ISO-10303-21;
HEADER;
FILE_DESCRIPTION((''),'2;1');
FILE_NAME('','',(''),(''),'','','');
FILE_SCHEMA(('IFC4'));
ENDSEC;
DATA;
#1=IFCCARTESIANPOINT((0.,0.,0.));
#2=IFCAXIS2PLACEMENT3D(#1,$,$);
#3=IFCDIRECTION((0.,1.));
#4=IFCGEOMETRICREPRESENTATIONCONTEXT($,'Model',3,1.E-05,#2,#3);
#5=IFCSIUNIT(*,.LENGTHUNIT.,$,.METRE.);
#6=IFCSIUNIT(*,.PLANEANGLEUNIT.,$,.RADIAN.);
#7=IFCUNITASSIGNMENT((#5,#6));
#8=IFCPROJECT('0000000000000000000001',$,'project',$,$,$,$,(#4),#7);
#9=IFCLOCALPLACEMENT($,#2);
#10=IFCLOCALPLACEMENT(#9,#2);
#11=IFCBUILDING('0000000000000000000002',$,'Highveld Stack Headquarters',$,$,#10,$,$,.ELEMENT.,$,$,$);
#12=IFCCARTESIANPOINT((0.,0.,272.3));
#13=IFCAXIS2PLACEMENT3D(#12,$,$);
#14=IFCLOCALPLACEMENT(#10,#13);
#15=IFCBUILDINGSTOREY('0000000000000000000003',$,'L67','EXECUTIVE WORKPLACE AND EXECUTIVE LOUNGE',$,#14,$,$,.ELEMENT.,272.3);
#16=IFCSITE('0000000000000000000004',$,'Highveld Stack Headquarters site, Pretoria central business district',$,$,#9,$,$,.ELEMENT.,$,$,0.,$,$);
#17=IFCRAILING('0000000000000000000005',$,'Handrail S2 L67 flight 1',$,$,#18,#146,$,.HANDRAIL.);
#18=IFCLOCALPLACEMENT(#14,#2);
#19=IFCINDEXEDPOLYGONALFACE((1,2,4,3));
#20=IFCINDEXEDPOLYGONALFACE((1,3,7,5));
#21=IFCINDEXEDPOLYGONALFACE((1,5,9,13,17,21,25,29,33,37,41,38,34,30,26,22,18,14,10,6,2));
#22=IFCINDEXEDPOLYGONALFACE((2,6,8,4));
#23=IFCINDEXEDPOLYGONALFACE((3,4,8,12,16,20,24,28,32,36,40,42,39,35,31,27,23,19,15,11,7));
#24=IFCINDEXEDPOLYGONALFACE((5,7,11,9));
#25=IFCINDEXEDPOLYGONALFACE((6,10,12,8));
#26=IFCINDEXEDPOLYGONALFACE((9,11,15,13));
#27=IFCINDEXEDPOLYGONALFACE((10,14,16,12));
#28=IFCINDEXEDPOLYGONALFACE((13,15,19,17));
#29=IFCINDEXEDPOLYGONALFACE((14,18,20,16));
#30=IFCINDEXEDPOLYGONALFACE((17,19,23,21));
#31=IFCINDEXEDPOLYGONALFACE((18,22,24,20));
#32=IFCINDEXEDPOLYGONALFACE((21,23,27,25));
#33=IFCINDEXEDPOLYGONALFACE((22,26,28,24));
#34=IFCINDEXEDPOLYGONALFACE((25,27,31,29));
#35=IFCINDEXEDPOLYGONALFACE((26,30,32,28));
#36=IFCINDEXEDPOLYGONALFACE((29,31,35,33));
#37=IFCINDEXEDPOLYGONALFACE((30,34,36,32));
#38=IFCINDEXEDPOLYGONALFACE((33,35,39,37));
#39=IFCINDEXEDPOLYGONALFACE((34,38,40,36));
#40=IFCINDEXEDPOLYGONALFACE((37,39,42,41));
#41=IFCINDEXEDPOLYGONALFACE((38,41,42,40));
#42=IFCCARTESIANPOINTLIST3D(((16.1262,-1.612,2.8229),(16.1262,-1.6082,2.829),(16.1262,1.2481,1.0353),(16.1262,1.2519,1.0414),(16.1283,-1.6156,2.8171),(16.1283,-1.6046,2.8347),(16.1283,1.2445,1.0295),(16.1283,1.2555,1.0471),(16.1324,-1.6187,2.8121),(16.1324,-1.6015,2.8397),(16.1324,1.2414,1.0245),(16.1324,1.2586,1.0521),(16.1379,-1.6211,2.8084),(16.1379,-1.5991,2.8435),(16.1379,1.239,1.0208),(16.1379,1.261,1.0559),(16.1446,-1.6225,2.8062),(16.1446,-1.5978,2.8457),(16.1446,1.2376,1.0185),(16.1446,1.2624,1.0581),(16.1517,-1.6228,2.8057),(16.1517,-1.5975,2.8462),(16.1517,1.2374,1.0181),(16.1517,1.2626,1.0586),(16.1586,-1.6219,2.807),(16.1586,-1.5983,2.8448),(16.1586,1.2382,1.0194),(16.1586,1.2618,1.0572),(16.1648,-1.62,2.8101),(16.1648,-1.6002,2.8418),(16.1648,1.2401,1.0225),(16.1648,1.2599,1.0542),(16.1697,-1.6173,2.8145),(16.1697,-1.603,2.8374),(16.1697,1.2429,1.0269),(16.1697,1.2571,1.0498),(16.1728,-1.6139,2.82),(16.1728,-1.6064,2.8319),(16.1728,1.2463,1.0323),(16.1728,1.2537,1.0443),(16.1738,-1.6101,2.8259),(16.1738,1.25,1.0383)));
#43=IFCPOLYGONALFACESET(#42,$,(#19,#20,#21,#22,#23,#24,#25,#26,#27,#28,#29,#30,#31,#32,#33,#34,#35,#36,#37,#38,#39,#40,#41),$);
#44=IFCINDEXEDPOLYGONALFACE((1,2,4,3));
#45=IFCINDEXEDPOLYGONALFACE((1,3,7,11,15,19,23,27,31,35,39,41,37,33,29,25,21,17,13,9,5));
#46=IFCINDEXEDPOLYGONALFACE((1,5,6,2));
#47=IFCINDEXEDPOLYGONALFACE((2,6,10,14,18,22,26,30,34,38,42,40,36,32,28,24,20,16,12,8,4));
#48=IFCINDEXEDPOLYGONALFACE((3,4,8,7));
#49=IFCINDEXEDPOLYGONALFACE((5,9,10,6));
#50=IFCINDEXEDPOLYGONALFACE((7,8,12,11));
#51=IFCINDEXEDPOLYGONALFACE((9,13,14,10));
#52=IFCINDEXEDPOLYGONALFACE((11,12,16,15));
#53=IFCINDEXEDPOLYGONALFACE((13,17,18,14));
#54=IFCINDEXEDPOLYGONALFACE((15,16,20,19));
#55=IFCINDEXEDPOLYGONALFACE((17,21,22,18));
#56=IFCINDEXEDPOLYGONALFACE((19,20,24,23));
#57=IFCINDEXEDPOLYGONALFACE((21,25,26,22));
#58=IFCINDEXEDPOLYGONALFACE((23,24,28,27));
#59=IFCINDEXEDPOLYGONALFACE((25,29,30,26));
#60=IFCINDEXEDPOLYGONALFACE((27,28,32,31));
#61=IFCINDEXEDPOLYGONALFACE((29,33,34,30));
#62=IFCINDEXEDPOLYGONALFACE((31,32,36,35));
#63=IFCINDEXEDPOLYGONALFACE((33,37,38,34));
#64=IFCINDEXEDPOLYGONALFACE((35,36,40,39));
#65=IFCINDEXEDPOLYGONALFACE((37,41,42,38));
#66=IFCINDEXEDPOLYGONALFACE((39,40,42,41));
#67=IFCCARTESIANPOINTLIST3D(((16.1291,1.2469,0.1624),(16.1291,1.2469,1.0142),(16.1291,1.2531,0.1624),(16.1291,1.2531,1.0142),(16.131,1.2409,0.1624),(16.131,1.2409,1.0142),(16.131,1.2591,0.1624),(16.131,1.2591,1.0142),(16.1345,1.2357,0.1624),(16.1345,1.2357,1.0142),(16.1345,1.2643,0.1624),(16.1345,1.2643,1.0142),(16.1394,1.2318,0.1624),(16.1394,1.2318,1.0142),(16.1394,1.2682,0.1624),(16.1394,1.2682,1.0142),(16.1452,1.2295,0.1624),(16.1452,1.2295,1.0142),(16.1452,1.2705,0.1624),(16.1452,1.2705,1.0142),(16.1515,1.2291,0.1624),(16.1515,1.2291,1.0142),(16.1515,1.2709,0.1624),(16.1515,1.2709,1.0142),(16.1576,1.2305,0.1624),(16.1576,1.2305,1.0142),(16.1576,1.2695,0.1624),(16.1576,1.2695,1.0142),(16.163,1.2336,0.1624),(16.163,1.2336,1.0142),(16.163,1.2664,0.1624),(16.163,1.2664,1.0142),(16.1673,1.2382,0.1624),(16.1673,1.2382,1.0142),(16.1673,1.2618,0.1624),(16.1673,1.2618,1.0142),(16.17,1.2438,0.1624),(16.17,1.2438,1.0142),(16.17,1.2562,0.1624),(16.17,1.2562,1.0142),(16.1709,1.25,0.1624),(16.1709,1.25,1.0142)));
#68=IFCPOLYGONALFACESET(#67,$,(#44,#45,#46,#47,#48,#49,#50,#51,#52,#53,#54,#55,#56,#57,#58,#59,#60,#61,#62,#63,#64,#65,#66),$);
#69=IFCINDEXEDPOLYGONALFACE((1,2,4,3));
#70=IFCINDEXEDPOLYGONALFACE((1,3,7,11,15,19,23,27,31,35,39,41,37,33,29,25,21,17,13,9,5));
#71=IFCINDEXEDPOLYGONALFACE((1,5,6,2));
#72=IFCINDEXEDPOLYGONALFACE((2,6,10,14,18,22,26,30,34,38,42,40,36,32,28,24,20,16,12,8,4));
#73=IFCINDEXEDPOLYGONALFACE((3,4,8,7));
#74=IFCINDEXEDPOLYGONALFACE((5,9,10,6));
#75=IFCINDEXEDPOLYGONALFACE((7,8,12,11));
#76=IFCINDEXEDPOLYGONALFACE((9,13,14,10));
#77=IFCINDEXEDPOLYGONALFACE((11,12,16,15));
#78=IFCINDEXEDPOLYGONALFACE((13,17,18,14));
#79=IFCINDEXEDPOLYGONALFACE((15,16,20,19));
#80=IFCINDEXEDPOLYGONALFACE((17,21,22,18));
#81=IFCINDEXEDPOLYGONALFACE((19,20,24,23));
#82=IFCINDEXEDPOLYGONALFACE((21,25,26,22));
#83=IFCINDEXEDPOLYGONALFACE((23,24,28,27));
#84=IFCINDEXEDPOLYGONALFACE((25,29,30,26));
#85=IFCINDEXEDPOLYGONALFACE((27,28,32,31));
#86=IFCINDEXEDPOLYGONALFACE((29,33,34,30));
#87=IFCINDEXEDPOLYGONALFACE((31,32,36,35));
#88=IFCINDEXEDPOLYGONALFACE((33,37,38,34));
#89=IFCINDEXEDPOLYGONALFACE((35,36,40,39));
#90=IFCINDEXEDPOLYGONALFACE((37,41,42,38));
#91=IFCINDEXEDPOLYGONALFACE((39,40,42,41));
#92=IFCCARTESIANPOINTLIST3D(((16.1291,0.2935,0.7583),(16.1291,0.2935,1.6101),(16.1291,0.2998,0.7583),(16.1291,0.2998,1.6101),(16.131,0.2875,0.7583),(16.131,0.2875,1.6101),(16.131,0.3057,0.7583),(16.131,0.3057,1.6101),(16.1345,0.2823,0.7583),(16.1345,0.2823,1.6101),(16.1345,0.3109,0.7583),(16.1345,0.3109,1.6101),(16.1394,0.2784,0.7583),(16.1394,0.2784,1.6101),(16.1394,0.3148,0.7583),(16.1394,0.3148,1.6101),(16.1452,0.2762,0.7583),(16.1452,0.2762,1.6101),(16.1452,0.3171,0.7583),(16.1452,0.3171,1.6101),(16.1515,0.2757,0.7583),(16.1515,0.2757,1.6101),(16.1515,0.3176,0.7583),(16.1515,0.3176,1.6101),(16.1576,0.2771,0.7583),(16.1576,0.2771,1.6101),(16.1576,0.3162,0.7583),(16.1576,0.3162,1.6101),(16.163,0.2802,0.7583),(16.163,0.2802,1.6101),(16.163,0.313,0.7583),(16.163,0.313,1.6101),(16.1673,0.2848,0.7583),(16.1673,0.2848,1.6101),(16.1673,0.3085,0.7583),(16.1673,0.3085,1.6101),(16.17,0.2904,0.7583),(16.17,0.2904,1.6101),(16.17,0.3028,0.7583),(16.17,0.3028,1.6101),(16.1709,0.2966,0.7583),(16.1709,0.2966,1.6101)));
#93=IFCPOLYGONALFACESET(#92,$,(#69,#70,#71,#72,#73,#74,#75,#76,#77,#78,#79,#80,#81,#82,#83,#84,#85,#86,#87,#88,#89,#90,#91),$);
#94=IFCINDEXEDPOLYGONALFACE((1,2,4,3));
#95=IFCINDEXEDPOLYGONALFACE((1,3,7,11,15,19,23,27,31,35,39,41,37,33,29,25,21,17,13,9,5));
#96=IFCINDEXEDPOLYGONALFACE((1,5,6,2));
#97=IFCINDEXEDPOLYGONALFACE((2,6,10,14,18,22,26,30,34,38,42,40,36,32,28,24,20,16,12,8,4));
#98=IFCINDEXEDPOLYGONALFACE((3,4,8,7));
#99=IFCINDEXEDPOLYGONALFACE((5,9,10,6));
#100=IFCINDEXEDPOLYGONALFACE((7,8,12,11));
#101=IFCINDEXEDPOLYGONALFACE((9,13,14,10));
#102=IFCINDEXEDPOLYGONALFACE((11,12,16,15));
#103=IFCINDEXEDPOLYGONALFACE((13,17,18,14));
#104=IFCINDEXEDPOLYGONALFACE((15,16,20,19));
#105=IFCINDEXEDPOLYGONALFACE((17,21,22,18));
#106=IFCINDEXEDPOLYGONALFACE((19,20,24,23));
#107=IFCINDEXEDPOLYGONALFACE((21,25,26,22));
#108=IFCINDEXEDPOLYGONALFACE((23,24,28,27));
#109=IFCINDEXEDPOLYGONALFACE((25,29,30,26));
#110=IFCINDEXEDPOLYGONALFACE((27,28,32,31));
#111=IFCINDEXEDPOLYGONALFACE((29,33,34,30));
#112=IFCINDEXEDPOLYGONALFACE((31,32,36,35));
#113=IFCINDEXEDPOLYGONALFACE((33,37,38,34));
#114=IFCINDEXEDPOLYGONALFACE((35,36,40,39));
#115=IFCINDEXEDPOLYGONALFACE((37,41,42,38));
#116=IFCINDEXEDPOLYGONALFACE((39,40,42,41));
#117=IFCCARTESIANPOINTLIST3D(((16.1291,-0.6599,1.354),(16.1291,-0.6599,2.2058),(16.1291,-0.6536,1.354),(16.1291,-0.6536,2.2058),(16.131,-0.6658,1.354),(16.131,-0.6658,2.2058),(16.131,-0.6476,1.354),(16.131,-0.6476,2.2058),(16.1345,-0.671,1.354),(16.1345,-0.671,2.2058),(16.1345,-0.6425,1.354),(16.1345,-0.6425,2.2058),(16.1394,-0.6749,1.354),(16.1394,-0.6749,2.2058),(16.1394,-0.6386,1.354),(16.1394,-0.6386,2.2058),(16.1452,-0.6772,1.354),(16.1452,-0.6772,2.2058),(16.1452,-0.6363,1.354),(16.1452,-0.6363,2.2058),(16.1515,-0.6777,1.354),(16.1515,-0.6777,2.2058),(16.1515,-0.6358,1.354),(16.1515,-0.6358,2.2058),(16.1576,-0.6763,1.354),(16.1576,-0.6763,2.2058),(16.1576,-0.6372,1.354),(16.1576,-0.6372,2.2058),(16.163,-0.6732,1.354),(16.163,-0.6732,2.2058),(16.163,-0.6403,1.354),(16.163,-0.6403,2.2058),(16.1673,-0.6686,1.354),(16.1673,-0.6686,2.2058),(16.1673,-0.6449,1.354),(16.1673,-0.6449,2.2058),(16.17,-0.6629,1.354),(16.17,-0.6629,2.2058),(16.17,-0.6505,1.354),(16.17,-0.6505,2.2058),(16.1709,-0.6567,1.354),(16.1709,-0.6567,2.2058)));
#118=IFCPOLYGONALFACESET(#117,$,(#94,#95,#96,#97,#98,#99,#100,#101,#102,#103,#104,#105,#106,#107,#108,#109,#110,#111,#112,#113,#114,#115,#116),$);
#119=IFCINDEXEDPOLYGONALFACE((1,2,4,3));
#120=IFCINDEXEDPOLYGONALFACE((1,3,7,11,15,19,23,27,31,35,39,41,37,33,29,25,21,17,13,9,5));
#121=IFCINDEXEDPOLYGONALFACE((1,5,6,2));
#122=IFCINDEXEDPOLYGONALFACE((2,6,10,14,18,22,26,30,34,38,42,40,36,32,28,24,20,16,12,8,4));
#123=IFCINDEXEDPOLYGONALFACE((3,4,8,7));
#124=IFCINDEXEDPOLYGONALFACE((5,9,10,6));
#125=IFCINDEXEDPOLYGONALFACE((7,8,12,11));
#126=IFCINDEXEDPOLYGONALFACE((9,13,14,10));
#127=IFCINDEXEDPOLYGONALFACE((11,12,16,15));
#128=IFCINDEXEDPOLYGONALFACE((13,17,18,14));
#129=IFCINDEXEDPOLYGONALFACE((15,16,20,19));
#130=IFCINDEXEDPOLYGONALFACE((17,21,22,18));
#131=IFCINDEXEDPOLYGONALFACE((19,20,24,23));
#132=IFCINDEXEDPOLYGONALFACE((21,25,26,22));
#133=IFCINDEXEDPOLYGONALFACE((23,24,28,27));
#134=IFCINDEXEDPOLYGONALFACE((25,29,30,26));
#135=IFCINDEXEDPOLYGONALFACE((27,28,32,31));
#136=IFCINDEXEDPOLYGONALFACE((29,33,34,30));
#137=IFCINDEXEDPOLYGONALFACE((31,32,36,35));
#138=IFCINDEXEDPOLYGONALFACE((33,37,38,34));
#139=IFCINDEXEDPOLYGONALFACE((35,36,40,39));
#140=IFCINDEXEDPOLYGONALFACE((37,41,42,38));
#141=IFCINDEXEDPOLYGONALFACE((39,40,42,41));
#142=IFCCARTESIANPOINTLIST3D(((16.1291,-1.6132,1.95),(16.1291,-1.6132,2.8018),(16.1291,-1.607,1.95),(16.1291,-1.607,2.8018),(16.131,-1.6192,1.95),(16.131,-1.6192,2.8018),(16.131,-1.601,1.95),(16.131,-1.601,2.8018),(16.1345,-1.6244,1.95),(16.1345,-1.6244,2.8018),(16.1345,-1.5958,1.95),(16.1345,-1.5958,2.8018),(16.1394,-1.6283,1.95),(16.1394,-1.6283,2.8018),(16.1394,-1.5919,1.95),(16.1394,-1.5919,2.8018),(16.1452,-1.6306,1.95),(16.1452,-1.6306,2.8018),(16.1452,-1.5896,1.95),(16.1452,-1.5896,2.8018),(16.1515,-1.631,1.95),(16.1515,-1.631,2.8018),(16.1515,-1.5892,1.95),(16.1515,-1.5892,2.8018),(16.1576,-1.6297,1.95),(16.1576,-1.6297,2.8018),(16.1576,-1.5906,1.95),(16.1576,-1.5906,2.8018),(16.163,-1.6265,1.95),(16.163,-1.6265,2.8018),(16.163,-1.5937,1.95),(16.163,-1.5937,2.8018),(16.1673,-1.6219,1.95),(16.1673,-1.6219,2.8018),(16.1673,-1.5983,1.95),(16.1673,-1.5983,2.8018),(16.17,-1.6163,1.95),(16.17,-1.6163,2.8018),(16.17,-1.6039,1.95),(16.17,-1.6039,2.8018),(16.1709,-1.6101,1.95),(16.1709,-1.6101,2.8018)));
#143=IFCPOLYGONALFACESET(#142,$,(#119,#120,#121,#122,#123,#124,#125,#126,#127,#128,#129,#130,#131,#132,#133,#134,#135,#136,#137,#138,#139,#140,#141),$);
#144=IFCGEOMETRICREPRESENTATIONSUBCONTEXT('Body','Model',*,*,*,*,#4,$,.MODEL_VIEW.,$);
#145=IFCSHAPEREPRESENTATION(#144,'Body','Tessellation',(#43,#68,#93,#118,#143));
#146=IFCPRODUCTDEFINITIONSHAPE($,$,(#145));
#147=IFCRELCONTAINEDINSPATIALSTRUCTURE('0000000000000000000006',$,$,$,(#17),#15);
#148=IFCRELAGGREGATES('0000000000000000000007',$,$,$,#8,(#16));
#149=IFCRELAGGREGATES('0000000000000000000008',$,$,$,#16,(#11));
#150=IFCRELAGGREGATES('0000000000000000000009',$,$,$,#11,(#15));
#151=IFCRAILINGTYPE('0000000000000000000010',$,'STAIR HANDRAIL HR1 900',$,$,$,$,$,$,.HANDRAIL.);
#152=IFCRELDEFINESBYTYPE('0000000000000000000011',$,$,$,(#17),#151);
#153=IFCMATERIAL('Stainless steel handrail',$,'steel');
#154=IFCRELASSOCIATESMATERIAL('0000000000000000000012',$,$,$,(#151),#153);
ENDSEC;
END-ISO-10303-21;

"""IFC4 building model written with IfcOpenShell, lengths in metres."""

from ifc_helpers import new_model, si_unit, direction, frame, origin, origin_2d, place, context, subcontext, project, spatial, circle, extrude, material, type_object, element, save


model = new_model("IFC4")

# Units and contexts
model_context = context("Model", 3, precision=1e-05, world=origin(), true_north=direction((0.0, 1.0)))
body_context = subcontext(model_context, "Body", "Model", "MODEL_VIEW")
ifc_project = project(units=[si_unit("LENGTHUNIT", "METRE"), si_unit("PLANEANGLEUNIT", "RADIAN")], contexts=[model_context])

# Site, building, storey
site_placement = place(None, origin())
site = spatial("IfcSite", under=ifc_project, at=site_placement, Name="Highveld Stack Headquarters site, Pretoria central business district", CompositionType="ELEMENT", RefElevation=0.0)
building_placement = place(site_placement, origin())
building = spatial("IfcBuilding", under=site, at=building_placement, Name="Highveld Stack Headquarters", CompositionType="ELEMENT")
storey_placement = place(building_placement, frame((0.0, 0.0, 272.3)))
storey = spatial("IfcBuildingStorey", under=building, at=storey_placement, Name="L67", Description="EXECUTIVE WORKPLACE AND EXECUTIVE LOUNGE", CompositionType="ELEMENT", Elevation=272.3)

# Railing
ifc_material_1 = material(Name="Stainless steel handrail", Category="steel")
railing_type = type_object("IfcRailingType", Name="STAIR HANDRAIL HR1 900", PredefinedType="HANDRAIL", material=ifc_material_1)
for number, where, name in (
    (1, (16.1499, 1.25, 0.1624), "Handrail S2 L67 flight 1"),
):
    element("IfcRailing", number, at=place(storey_placement, frame(where)), inside=storey, type_object=railing_type, Name=name, PredefinedType="HANDRAIL", context=body_context, shape_type="SweptSolid", body=[
        extrude(circle(Radius=0.0239, at=origin_2d()), frame((0.0, 0.0, 0.876), z_axis=(0.0, -0.847994, 0.530005), x_axis=(1.0, 0.0, 0.0)), (0.0, 0.0, 1.0), 3.3728),
        extrude(circle(Radius=0.021, at=origin_2d()), origin(), (0.0, 0.0, 1.0), 0.8518),
        extrude(circle(Radius=0.021, at=origin_2d()), frame((0.0, -0.9534, 0.5959)), (0.0, 0.0, 1.0), 0.8518),
        extrude(circle(Radius=0.021, at=origin_2d()), frame((0.0, -1.9067, 1.1917)), (0.0, 0.0, 1.0), 0.8518),
        extrude(circle(Radius=0.021, at=origin_2d()), frame((0.0, -2.8601, 1.7876)), (0.0, 0.0, 1.0), 0.8518),
    ])

save(model, "model.ifc")
